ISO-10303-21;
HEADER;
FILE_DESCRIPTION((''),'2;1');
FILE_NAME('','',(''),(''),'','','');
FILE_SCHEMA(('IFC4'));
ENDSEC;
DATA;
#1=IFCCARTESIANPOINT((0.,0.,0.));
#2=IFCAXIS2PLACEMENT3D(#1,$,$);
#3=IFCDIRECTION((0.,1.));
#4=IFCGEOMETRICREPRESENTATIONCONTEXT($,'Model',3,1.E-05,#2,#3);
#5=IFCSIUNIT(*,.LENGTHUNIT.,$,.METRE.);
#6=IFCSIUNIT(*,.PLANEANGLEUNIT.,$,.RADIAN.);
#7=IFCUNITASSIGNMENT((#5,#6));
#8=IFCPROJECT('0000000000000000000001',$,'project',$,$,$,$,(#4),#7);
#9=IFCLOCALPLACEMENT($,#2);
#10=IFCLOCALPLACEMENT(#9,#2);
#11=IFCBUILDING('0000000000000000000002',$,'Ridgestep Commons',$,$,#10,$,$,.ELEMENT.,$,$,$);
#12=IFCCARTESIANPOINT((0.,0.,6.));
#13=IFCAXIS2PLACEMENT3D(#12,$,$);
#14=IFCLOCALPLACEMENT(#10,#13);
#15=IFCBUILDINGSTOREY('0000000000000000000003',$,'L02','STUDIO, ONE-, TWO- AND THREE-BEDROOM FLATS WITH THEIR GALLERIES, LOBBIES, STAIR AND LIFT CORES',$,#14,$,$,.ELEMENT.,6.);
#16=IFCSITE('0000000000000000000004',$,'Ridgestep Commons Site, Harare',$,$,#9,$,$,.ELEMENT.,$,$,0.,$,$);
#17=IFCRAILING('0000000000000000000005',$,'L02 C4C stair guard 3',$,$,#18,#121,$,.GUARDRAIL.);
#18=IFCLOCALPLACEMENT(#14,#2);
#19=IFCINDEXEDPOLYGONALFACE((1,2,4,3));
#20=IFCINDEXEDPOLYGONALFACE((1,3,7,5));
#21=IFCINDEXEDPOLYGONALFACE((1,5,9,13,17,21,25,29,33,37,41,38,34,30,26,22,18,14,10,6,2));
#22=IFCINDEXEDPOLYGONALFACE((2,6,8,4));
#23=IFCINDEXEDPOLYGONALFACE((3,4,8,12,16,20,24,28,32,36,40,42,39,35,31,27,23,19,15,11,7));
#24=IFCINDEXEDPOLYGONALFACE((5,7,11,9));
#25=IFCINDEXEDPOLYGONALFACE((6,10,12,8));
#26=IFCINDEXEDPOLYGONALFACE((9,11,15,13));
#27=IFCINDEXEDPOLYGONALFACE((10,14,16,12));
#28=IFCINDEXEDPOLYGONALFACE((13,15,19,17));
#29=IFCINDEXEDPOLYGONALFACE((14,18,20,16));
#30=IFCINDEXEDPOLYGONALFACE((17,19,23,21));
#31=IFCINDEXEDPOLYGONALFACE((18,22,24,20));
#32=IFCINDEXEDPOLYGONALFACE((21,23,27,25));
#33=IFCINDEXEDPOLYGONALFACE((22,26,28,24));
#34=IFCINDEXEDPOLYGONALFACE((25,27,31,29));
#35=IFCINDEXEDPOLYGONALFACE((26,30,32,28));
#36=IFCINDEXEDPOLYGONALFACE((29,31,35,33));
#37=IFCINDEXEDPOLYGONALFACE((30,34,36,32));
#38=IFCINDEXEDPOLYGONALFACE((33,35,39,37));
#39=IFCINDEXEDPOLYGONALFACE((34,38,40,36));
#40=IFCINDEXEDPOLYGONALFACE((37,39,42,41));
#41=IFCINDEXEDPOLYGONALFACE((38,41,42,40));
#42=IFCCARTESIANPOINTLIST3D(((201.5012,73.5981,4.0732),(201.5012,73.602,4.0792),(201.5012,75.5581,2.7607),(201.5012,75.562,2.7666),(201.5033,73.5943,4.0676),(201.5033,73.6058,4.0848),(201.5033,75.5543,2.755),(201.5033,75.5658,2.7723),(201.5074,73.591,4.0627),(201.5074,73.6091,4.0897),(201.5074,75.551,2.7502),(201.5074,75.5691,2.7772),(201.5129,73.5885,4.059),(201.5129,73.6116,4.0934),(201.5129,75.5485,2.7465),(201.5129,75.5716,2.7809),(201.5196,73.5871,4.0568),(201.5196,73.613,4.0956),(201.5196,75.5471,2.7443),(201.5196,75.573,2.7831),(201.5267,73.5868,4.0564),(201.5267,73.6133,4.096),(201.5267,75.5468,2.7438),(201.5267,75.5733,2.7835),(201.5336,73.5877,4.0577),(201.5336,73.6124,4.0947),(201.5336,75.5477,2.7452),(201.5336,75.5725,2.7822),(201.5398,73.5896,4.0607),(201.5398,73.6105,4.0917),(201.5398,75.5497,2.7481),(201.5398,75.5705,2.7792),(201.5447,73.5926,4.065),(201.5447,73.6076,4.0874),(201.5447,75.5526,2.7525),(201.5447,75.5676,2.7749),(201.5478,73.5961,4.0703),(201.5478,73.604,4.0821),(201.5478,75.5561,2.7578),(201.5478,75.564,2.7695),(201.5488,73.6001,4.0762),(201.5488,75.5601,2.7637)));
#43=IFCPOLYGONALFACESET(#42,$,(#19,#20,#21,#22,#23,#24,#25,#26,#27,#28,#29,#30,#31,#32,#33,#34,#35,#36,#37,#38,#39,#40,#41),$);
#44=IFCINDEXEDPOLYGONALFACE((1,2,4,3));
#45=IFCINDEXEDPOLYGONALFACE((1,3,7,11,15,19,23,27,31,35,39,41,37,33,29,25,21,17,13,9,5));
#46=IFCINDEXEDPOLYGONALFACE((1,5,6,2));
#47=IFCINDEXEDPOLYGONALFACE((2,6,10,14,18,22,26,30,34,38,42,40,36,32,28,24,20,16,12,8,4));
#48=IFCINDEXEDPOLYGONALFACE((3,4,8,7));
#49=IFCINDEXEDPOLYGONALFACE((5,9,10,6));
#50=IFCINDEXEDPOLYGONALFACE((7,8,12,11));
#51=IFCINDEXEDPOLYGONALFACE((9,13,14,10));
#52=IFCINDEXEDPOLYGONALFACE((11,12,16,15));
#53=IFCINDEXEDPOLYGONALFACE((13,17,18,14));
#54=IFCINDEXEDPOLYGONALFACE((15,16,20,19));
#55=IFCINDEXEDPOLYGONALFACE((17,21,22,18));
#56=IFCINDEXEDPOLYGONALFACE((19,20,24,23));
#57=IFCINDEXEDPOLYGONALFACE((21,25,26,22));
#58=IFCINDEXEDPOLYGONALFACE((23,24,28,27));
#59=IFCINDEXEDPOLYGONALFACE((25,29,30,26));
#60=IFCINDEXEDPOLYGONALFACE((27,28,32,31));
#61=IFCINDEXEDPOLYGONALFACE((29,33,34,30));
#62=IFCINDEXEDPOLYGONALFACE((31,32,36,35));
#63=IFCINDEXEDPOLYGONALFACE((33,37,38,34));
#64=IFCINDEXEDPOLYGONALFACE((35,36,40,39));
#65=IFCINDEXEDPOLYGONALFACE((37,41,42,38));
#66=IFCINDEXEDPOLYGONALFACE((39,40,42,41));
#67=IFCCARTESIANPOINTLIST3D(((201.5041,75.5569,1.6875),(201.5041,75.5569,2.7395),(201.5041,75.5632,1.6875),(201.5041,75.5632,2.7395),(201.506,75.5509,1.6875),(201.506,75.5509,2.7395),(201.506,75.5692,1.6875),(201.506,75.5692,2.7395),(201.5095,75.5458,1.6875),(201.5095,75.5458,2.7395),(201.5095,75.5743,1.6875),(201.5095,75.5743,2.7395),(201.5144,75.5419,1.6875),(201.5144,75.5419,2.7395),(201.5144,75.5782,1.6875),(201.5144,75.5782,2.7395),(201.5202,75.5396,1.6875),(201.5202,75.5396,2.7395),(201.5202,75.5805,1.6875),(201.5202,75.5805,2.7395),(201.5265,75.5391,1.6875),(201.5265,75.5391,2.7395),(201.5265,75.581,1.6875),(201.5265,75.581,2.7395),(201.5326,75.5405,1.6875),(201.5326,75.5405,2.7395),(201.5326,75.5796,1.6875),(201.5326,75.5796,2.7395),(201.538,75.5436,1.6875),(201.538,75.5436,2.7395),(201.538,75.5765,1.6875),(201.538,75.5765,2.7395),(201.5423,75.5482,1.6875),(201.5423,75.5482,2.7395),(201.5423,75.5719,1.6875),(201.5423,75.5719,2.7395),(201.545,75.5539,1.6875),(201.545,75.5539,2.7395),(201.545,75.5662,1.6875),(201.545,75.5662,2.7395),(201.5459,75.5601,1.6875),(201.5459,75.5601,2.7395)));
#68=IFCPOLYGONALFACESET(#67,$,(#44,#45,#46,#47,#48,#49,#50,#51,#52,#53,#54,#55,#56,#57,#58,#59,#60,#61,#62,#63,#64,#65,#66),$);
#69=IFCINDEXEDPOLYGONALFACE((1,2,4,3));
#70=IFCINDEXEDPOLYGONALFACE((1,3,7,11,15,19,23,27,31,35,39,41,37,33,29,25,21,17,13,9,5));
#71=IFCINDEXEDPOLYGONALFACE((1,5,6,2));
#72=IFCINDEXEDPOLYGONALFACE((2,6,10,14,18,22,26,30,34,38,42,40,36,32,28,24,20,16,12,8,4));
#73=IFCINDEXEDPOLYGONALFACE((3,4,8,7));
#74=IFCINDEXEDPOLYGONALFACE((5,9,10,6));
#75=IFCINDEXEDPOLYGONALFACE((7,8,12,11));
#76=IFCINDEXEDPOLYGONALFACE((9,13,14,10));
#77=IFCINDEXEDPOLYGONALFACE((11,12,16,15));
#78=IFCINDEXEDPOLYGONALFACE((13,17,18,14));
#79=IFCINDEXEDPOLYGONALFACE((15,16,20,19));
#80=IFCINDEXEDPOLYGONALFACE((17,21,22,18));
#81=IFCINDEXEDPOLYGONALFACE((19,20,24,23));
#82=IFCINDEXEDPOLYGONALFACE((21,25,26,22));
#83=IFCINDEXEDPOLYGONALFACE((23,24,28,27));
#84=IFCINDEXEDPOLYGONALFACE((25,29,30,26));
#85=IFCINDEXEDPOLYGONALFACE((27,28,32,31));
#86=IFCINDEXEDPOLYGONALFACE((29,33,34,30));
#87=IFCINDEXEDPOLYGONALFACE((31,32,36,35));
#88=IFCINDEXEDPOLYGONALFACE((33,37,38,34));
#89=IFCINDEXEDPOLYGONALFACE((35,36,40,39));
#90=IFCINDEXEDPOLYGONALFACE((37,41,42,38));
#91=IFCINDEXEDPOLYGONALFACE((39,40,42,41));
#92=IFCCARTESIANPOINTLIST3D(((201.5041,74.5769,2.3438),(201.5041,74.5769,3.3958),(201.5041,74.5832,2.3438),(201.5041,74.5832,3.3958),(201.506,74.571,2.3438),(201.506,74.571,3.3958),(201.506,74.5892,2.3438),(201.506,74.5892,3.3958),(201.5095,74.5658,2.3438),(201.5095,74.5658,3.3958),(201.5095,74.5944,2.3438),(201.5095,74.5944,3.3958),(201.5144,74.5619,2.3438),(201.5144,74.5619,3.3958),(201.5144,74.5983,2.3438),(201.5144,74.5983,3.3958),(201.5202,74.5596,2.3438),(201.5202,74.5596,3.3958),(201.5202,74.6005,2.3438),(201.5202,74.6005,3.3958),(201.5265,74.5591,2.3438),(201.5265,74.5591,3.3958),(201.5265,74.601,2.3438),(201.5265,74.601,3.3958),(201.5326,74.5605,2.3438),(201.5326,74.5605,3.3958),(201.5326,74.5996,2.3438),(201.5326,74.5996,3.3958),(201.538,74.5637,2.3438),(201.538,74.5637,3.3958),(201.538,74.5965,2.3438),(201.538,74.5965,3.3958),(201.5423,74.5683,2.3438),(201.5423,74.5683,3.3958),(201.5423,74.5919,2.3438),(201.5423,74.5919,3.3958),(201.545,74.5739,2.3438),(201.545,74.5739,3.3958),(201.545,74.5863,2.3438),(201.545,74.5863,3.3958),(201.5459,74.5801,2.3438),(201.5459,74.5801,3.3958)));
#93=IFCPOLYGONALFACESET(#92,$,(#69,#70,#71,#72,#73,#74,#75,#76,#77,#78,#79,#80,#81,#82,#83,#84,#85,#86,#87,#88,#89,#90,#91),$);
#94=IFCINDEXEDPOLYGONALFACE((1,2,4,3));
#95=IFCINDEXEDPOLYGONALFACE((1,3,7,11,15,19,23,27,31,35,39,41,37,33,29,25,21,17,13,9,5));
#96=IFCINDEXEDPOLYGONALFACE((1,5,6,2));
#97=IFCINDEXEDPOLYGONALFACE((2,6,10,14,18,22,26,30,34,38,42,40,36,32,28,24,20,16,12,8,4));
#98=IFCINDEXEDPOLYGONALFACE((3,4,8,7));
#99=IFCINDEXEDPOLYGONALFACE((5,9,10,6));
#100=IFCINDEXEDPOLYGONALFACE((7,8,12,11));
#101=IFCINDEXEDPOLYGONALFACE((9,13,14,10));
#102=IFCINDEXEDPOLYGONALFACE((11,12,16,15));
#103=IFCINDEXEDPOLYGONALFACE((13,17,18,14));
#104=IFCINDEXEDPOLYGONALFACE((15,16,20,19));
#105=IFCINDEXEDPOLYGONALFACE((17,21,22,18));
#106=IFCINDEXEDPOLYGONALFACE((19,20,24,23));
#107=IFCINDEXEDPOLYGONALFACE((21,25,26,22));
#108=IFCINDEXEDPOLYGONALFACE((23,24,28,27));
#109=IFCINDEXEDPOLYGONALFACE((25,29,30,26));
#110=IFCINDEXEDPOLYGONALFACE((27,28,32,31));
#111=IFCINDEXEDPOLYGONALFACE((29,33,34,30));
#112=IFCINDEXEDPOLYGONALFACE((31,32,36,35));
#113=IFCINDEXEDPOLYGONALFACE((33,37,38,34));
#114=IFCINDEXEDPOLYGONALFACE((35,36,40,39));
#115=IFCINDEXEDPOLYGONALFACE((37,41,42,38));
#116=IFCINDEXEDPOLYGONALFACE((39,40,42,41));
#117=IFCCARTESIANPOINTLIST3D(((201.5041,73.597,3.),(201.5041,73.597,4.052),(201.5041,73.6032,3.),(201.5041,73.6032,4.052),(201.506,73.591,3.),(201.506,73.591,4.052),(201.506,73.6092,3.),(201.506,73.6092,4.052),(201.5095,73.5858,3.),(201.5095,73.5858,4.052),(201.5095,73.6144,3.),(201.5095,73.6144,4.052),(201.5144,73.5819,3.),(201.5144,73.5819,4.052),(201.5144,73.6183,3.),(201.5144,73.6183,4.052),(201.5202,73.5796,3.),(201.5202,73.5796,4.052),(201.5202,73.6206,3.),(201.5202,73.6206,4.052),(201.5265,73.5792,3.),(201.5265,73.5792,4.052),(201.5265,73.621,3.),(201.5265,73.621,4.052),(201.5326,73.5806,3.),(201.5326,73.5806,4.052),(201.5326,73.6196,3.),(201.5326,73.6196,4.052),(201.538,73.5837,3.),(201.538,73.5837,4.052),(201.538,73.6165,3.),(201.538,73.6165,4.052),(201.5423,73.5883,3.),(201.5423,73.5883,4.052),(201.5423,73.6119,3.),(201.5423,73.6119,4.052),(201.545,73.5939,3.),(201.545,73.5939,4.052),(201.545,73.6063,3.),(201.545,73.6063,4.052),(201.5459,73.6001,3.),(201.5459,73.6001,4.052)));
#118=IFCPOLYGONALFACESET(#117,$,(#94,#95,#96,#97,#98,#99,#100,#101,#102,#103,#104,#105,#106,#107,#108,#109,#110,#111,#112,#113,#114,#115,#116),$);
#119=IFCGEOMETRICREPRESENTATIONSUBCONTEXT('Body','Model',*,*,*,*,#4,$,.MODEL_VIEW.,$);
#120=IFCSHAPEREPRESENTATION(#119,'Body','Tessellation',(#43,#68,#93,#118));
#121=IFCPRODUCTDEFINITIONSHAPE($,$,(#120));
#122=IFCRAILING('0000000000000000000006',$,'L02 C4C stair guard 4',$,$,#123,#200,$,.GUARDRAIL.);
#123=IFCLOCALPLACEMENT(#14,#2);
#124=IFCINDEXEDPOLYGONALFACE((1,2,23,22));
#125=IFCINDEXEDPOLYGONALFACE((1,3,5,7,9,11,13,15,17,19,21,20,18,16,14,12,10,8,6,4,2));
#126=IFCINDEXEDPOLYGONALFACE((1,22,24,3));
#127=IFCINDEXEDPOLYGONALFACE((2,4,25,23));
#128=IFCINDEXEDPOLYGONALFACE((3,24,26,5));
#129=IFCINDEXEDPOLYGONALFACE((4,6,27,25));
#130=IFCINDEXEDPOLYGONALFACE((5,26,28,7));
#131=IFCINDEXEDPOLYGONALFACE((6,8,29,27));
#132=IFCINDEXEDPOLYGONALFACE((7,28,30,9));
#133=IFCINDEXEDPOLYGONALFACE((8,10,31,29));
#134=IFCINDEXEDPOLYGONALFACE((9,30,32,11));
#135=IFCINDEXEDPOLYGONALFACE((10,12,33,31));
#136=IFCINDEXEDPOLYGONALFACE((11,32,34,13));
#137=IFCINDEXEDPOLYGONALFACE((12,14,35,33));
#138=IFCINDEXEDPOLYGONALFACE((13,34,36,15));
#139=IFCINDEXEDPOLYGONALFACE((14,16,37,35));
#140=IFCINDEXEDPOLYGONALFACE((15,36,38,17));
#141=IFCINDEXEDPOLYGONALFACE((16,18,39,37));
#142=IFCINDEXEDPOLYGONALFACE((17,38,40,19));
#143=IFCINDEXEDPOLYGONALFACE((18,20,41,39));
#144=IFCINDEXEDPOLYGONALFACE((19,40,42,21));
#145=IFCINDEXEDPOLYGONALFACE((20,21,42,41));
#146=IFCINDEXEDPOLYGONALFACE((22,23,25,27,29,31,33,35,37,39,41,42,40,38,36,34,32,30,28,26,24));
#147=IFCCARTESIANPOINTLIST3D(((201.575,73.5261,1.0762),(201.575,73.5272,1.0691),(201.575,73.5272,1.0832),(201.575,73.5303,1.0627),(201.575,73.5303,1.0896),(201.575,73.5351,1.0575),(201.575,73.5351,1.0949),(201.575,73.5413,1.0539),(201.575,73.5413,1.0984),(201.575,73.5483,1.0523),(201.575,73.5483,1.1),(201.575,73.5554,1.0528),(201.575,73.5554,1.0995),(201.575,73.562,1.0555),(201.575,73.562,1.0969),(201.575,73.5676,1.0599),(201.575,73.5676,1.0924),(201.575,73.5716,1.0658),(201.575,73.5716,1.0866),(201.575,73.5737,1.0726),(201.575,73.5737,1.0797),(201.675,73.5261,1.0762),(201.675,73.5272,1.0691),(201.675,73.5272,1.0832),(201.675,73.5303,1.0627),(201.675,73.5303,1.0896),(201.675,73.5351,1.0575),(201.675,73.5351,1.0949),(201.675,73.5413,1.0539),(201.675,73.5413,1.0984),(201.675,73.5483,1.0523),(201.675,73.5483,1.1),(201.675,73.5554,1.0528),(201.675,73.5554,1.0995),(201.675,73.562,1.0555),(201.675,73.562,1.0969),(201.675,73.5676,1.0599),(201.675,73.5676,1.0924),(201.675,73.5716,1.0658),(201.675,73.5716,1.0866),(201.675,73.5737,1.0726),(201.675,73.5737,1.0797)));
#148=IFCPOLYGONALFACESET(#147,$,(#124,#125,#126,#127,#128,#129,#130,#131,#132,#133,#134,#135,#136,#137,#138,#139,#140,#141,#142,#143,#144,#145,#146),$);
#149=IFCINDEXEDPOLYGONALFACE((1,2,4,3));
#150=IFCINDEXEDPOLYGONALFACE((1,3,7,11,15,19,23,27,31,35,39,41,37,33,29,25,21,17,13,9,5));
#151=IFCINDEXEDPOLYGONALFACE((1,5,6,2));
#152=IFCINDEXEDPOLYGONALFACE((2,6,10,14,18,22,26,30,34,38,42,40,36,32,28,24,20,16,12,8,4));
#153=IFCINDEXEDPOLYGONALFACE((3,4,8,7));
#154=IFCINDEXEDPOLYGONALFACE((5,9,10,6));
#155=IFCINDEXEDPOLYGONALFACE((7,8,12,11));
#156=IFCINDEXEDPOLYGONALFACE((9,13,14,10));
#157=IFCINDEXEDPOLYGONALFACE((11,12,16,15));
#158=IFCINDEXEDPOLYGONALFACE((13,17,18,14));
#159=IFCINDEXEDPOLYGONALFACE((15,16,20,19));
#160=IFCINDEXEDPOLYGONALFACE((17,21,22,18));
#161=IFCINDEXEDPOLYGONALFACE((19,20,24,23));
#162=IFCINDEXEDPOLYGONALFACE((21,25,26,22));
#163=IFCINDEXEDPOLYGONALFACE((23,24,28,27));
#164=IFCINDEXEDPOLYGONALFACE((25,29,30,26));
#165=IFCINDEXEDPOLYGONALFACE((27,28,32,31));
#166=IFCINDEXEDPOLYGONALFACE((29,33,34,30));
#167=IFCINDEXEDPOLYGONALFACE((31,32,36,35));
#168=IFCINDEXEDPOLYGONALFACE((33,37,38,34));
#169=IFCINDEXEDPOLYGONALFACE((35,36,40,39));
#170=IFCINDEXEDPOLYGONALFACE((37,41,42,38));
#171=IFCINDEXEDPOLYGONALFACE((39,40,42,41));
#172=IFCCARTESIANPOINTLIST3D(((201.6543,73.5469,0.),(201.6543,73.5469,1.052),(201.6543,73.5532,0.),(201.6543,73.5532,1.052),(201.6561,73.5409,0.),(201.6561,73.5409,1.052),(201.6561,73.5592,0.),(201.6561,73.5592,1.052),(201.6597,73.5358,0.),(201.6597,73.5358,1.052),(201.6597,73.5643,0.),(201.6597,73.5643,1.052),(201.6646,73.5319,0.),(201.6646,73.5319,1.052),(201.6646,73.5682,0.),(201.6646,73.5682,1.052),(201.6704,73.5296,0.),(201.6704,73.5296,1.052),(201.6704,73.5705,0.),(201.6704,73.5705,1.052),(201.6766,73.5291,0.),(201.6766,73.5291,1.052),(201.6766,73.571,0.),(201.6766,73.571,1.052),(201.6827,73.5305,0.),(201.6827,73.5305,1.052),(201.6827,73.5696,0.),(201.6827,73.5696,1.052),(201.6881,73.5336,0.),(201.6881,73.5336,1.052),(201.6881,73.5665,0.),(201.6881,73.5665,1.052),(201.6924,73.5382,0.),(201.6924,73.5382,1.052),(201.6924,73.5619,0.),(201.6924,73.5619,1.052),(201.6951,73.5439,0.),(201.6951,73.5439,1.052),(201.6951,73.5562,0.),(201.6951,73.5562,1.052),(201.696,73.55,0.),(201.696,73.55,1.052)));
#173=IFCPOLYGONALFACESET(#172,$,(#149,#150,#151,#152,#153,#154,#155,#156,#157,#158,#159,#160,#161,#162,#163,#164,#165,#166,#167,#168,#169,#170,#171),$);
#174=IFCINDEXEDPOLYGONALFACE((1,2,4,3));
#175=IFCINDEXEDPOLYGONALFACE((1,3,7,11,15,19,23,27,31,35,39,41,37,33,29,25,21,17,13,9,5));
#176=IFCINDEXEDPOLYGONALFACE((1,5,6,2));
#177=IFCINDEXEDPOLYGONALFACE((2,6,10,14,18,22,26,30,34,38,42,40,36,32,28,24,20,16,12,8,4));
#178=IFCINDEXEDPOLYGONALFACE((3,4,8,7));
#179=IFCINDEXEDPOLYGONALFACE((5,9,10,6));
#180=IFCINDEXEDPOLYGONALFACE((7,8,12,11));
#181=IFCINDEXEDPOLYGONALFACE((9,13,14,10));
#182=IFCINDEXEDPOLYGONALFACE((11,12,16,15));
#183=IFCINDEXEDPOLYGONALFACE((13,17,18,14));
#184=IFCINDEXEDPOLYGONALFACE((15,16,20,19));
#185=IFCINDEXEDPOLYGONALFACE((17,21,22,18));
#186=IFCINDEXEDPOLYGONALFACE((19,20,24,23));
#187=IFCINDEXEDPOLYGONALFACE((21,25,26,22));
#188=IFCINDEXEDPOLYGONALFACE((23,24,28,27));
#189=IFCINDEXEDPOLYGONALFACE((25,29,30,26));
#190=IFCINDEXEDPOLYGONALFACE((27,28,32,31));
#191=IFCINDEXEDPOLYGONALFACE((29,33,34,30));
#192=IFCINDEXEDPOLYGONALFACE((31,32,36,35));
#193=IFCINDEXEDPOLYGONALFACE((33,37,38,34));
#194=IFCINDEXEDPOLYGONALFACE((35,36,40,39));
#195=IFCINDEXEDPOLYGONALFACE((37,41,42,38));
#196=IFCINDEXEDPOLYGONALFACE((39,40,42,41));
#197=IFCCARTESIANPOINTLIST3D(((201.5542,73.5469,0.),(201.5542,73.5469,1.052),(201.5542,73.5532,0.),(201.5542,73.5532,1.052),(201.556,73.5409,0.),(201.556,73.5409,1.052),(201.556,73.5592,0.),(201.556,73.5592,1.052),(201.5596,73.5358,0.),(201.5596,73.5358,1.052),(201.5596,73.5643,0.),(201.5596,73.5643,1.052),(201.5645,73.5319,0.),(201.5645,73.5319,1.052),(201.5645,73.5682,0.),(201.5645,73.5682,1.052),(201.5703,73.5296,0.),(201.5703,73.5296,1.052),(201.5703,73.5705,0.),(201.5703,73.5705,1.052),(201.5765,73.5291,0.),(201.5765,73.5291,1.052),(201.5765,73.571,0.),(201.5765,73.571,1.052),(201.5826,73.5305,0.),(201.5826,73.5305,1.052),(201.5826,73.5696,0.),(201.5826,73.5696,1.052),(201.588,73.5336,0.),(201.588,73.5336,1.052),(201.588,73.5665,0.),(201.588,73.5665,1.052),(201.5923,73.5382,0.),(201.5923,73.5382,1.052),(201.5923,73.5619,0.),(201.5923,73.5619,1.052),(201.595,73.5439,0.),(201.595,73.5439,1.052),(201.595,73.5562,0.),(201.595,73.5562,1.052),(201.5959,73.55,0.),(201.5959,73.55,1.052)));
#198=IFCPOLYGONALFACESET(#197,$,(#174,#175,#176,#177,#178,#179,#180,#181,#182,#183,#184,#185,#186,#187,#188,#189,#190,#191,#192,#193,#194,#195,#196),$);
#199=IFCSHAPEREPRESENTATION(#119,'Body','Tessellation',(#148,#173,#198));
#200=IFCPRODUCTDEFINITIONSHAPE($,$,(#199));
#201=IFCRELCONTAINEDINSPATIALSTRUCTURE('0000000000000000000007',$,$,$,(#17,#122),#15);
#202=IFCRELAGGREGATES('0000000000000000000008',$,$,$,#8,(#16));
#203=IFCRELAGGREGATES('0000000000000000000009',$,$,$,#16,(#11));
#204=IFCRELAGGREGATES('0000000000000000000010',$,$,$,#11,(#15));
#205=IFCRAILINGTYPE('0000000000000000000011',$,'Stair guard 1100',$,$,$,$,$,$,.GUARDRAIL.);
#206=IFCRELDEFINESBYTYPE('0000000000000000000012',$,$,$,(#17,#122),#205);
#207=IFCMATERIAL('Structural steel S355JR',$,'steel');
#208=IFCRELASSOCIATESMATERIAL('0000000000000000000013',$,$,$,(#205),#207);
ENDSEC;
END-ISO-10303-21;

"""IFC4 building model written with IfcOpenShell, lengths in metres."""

from ifc_helpers import new_model, si_unit, direction, frame, origin, origin_2d, place, context, subcontext, project, spatial, circle, extrude, material, type_object, element, save


model = new_model("IFC4")

# Units and contexts
model_context = context("Model", 3, precision=1e-05, world=origin(), true_north=direction((0.0, 1.0)))
body_context = subcontext(model_context, "Body", "Model", "MODEL_VIEW")
ifc_project = project(units=[si_unit("LENGTHUNIT", "METRE"), si_unit("PLANEANGLEUNIT", "RADIAN")], contexts=[model_context])

# Site, building, storey
site_placement = place(None, origin())
site = spatial("IfcSite", under=ifc_project, at=site_placement, Name="Ridgestep Commons Site, Harare", CompositionType="ELEMENT", RefElevation=0.0)
building_placement = place(site_placement, origin())
building = spatial("IfcBuilding", under=site, at=building_placement, Name="Ridgestep Commons", CompositionType="ELEMENT")
storey_placement = place(building_placement, frame((0.0, 0.0, 6.0)))
storey = spatial("IfcBuildingStorey", under=building, at=storey_placement, Name="L02", Description="STUDIO, ONE-, TWO- AND THREE-BEDROOM FLATS WITH THEIR GALLERIES, LOBBIES, STAIR AND LIFT CORES", CompositionType="ELEMENT", Elevation=6.0)

# Railings
ifc_material_1 = material(Name="Structural steel S355JR", Category="steel")
railing_type_1 = type_object("IfcRailingType", Name="Stair guard 1100", PredefinedType="GUARDRAIL", material=ifc_material_1)
railing_1_placement = place(storey_placement, frame((201.5249, 75.5601, 1.6875)))
element("IfcRailing", 1, at=railing_1_placement, inside=storey, type_object=railing_type_1, Name="L02 C4C stair guard 3", PredefinedType="GUARDRAIL", context=body_context, shape_type="SweptSolid", body=[
    extrude(circle(Radius=0.0239, at=origin_2d()), frame((0.0, 0.0, 1.0762), z_axis=(0.0, -0.830902, 0.556419), x_axis=(1.0, 0.0, 0.0)), (0.0, 0.0, 1.0), 2.3589),
    extrude(circle(Radius=0.021, at=origin_2d()), origin(), (0.0, 0.0, 1.0), 1.052),
    extrude(circle(Radius=0.021, at=origin_2d()), frame((0.0, -0.98, 0.6562)), (0.0, 0.0, 1.0), 1.052),
    extrude(circle(Radius=0.021, at=origin_2d()), frame((0.0, -1.96, 1.3125)), (0.0, 0.0, 1.0), 1.052),
])
railing_2_placement = place(storey_placement, frame((201.675, 73.55, 0.0)))
element("IfcRailing", 2, at=railing_2_placement, inside=storey, type_object=railing_type_1, Name="L02 C4C stair guard 4", PredefinedType="GUARDRAIL", context=body_context, shape_type="SweptSolid", body=[
    extrude(circle(Radius=0.0239, at=origin_2d()), frame((0.0, 0.0, 1.0762), z_axis=(-1.0, 0.0, 0.0), x_axis=(0.0, -1.0, 0.0)), (0.0, 0.0, 1.0), 0.1001),
    extrude(circle(Radius=0.021, at=origin_2d()), origin(), (0.0, 0.0, 1.0), 1.052),
    extrude(circle(Radius=0.021, at=origin_2d()), frame((-0.1001, 0.0, 0.0)), (0.0, 0.0, 1.0), 1.052),
])

save(model, "model.ifc")
